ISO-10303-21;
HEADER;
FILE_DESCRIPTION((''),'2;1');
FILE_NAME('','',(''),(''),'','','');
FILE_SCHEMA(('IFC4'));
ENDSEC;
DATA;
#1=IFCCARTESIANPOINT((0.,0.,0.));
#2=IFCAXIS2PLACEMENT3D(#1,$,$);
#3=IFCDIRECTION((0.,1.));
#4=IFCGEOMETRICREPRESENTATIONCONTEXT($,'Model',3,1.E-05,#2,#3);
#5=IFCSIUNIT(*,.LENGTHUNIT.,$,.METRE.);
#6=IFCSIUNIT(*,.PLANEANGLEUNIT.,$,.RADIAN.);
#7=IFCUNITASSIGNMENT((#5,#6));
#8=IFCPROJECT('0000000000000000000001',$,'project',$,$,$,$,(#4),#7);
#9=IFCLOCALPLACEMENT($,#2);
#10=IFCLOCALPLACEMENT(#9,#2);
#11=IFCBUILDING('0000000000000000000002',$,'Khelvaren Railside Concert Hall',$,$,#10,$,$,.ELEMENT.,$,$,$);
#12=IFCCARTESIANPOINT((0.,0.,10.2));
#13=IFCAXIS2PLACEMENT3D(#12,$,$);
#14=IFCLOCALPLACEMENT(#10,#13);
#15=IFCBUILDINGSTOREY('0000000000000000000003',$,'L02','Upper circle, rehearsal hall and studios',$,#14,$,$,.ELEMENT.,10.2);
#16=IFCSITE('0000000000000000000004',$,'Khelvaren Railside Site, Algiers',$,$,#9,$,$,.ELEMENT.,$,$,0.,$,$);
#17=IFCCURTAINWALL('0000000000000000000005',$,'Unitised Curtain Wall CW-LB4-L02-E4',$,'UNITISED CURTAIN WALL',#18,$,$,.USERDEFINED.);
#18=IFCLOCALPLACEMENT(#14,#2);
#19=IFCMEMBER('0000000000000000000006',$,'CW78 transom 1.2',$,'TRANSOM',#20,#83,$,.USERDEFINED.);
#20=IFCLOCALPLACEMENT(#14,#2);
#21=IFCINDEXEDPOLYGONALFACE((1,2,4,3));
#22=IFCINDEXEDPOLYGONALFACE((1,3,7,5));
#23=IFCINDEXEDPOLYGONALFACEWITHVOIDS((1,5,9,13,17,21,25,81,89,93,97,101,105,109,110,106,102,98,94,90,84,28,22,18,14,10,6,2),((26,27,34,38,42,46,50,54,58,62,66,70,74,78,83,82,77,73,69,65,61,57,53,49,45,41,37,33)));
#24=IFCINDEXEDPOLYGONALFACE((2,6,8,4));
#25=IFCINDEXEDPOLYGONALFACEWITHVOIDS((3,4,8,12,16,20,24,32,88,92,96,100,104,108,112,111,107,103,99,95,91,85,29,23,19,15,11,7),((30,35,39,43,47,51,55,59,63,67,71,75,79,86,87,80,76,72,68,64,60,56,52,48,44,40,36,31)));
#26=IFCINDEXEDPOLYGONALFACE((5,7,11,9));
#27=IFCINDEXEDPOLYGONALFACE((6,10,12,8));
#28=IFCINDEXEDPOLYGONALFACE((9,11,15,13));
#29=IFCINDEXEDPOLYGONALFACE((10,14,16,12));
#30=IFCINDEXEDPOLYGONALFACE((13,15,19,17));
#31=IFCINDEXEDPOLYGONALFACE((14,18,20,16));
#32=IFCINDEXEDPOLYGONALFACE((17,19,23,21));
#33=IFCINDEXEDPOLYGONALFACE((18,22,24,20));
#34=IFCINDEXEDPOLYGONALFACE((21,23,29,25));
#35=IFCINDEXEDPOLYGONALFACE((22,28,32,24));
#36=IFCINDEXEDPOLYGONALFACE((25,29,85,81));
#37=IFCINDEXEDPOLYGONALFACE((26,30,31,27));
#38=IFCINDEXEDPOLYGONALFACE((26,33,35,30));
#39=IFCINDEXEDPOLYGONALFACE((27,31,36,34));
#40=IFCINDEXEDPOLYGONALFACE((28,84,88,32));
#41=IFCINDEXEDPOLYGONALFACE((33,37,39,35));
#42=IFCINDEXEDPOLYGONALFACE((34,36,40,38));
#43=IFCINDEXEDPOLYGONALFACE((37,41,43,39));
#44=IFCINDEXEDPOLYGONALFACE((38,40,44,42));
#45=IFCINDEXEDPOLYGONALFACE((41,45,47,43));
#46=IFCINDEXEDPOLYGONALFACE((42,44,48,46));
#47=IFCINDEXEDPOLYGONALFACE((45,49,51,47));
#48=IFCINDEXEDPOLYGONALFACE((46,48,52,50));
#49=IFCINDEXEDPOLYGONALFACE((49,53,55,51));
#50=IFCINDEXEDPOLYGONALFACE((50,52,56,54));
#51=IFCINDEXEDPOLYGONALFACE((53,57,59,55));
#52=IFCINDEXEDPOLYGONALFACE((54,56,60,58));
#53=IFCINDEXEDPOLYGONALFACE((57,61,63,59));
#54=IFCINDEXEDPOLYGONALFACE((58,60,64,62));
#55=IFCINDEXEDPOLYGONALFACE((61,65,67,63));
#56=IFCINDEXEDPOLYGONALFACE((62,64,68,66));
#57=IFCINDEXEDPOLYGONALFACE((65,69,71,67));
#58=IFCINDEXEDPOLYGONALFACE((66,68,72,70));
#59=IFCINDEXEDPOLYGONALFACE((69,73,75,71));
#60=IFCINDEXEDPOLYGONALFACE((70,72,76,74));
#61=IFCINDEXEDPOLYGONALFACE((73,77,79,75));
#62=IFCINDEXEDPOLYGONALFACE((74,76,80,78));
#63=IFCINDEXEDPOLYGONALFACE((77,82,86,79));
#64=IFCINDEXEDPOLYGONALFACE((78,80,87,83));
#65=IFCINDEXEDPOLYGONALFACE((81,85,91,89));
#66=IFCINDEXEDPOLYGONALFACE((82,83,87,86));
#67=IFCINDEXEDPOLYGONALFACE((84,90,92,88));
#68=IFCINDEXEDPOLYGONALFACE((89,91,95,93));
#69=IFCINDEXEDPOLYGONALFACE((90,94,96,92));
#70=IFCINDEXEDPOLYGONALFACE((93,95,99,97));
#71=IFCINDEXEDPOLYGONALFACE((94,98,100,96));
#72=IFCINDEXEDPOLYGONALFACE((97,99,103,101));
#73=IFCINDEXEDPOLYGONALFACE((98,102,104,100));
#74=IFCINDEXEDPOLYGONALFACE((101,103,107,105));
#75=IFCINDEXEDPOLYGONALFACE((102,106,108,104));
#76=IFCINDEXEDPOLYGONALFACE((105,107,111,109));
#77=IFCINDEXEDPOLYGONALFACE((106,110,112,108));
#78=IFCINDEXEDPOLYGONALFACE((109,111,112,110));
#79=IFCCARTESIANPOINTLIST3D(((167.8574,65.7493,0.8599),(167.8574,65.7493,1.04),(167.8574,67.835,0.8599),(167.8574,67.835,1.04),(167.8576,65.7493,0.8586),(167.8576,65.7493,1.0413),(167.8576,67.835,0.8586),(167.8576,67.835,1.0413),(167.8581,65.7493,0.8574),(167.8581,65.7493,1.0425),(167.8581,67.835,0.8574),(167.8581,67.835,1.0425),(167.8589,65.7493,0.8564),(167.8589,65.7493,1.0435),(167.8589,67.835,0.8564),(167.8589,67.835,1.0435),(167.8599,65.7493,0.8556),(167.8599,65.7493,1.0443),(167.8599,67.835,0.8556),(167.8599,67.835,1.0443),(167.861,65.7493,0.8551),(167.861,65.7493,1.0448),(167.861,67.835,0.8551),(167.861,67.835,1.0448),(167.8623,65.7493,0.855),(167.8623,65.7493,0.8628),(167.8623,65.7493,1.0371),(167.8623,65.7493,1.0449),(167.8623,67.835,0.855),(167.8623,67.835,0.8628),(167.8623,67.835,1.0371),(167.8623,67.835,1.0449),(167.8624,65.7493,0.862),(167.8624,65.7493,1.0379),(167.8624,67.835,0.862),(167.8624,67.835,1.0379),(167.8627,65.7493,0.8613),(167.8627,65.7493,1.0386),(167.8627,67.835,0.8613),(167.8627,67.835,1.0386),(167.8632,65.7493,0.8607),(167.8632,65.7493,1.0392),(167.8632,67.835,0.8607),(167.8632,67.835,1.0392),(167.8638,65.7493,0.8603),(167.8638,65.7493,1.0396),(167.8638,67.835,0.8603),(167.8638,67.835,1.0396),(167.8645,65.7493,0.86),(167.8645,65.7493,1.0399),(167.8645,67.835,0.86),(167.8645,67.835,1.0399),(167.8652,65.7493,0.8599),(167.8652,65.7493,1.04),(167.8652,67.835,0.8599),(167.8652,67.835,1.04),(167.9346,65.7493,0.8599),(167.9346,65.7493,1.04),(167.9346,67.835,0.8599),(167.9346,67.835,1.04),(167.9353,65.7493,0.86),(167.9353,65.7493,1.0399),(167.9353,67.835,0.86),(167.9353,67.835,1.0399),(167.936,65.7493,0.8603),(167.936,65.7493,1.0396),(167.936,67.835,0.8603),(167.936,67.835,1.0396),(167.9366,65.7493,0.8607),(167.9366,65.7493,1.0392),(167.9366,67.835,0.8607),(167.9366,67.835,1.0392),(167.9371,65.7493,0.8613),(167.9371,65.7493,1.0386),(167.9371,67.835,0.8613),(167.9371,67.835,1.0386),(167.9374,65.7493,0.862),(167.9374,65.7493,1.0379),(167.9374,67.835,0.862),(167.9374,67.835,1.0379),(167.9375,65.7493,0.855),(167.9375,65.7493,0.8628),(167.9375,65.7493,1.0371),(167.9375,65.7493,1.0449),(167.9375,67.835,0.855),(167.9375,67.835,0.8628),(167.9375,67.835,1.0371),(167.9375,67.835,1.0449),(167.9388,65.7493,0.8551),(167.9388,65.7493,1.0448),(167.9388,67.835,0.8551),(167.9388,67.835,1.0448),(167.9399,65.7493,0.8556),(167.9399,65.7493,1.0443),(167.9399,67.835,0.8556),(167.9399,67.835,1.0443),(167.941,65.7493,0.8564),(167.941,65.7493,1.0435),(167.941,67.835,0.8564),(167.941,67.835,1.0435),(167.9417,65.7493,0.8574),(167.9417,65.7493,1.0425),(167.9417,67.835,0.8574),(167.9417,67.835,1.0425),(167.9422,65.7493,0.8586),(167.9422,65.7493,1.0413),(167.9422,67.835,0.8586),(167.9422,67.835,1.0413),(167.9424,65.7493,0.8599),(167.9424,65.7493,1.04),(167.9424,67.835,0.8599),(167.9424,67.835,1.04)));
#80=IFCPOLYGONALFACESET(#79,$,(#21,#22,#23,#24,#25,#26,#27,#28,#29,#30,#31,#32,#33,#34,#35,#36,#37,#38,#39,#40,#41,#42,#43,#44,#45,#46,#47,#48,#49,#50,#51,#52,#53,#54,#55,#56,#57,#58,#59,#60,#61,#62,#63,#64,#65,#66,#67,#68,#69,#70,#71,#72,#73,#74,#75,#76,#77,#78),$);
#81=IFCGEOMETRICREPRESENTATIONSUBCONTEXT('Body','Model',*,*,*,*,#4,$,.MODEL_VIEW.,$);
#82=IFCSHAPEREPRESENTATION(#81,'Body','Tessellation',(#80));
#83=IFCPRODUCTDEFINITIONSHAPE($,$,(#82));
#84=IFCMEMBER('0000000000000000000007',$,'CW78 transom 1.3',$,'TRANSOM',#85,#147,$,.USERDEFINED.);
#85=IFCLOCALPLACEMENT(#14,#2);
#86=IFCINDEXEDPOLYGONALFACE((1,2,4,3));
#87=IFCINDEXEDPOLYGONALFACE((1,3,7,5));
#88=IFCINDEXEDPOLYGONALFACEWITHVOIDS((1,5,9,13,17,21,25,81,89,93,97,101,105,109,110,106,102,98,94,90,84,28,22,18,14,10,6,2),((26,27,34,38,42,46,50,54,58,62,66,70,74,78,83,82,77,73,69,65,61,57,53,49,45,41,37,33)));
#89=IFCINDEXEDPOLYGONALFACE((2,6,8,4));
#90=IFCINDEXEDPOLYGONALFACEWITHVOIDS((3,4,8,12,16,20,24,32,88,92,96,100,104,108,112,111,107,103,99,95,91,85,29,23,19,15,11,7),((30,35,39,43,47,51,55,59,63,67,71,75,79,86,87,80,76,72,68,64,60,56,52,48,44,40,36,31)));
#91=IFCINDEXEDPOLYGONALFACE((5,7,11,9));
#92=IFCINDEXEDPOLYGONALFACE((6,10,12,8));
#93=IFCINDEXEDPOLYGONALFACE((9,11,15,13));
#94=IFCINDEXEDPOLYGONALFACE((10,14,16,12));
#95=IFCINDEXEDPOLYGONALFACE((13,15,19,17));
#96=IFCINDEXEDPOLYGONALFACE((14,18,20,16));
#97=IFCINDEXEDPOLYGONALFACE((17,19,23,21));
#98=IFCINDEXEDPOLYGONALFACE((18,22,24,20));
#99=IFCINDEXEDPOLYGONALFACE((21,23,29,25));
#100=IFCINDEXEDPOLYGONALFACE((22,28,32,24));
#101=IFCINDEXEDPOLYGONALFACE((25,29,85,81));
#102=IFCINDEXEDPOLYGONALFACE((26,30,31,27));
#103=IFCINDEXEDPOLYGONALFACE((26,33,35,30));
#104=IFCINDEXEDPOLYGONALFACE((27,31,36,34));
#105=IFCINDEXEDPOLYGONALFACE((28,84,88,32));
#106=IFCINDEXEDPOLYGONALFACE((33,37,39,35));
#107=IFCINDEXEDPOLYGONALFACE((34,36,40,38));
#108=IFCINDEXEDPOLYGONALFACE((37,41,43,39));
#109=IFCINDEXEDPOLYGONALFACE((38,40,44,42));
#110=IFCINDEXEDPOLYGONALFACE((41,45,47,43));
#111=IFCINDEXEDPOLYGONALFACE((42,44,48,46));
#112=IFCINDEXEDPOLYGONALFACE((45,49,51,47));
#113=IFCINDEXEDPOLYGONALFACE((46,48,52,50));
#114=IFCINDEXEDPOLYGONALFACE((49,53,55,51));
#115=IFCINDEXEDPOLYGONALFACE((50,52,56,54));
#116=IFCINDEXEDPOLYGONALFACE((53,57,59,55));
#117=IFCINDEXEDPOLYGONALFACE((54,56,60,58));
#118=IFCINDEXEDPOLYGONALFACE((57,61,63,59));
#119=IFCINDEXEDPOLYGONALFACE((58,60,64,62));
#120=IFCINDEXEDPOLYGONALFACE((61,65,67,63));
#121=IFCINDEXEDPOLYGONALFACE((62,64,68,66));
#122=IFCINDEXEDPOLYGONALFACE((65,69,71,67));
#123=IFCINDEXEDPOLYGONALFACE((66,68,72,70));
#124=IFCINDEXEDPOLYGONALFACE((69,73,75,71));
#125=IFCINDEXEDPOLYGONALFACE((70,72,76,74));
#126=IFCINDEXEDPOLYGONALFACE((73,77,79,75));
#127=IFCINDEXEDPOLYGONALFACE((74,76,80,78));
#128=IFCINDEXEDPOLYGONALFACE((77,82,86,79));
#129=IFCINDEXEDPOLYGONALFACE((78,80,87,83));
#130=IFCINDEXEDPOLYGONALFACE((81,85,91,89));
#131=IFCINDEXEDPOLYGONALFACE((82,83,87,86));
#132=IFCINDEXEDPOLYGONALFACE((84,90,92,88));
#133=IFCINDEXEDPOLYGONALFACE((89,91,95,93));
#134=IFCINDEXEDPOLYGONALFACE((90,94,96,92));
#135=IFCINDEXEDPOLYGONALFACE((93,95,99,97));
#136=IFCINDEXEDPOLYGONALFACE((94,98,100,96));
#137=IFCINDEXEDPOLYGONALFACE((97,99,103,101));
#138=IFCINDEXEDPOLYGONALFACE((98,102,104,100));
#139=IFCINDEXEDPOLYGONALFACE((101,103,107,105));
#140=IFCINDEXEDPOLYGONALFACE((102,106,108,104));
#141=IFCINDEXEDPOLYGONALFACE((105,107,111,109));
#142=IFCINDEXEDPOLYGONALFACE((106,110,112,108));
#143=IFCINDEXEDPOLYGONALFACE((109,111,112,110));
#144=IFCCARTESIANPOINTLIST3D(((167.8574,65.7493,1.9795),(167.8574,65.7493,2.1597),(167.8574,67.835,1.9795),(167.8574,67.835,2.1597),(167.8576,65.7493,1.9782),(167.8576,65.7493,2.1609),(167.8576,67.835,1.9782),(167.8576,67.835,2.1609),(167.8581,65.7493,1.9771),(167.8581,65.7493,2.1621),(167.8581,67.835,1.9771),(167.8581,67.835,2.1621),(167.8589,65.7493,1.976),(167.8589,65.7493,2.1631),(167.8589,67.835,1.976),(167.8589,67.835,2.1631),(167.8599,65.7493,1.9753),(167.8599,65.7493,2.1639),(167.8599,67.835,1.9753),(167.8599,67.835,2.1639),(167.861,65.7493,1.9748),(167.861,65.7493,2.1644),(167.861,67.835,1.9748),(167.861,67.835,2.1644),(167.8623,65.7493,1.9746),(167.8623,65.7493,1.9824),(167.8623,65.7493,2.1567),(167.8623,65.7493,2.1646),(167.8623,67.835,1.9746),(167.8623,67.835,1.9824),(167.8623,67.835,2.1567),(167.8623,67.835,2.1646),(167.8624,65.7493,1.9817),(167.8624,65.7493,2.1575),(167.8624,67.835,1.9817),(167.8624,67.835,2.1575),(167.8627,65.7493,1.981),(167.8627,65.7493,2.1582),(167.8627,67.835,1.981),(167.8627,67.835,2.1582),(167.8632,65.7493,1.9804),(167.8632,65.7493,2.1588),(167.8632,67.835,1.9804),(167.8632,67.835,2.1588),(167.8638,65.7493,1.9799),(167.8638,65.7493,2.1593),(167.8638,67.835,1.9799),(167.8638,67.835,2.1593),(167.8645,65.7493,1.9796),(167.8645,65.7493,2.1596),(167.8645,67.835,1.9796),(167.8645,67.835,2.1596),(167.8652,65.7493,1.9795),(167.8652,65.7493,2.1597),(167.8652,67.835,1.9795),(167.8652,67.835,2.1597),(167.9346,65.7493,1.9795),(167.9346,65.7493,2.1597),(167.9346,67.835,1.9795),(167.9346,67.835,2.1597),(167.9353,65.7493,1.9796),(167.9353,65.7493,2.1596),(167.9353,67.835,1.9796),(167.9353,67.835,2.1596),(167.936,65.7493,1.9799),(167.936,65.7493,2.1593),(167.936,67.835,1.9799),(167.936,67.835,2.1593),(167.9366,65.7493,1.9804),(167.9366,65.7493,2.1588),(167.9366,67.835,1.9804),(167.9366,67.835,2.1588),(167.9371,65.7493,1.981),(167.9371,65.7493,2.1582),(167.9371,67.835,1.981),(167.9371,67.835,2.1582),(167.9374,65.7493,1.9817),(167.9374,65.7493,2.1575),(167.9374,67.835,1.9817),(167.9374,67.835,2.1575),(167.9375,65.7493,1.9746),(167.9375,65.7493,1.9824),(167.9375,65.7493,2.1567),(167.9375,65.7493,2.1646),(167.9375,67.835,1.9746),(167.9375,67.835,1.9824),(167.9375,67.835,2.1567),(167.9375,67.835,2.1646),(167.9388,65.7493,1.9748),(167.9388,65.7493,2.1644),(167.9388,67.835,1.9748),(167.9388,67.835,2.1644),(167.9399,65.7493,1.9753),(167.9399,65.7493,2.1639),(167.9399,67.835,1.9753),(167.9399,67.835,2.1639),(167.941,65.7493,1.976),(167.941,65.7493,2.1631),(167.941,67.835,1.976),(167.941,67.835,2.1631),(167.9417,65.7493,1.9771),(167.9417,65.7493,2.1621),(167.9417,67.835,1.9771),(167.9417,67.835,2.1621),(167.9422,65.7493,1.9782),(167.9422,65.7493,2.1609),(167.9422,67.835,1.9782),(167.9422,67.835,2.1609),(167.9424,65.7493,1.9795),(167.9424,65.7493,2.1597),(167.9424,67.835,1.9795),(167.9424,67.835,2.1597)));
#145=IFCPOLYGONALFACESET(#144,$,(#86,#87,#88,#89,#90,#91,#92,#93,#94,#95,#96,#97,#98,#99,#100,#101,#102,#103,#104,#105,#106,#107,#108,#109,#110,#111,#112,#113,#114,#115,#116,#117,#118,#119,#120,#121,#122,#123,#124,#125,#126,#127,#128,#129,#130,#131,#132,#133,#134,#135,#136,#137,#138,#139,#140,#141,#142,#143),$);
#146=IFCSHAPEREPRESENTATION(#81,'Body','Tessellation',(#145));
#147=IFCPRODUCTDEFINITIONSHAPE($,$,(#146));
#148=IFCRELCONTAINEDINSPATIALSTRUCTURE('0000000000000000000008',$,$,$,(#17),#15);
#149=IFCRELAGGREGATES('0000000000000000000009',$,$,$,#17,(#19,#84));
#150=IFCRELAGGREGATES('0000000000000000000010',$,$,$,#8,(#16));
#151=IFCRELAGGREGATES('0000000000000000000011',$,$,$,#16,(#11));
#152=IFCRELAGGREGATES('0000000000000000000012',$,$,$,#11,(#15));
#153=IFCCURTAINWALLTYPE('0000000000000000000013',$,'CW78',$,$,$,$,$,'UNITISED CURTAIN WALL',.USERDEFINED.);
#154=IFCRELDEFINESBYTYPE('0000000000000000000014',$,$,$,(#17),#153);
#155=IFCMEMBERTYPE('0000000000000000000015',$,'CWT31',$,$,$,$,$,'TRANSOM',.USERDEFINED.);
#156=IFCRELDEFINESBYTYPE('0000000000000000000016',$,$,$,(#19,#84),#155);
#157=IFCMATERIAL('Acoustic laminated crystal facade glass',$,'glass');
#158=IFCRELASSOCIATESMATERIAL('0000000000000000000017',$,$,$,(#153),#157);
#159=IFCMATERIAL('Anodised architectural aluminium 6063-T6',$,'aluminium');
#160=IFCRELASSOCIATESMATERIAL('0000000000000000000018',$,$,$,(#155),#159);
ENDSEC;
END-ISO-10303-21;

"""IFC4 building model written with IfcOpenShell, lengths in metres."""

from ifc_helpers import new_model, si_unit, direction, frame, origin, origin_2d, place, context, subcontext, project, spatial, hollow_rectangle, extrude, material, material_profile, profile_set, type_object, element, aggregate, save


model = new_model("IFC4")

# Units and contexts
model_context = context("Model", 3, precision=1e-05, world=origin(), true_north=direction((0.0, 1.0)))
body_context = subcontext(model_context, "Body", "Model", "MODEL_VIEW")
ifc_project = project(units=[si_unit("LENGTHUNIT", "METRE"), si_unit("PLANEANGLEUNIT", "RADIAN")], contexts=[model_context])

# Site, building, storey
site_placement = place(None, origin())
site = spatial("IfcSite", under=ifc_project, at=site_placement, Name="Khelvaren Railside Site, Algiers", CompositionType="ELEMENT", RefElevation=0.0)
building_placement = place(site_placement, origin())
building = spatial("IfcBuilding", under=site, at=building_placement, Name="Khelvaren Railside Concert Hall", CompositionType="ELEMENT")
storey_placement = place(building_placement, frame((0.0, 0.0, 10.2)))
storey = spatial("IfcBuildingStorey", under=building, at=storey_placement, Name="L02", Description="Upper circle, rehearsal hall and studios", CompositionType="ELEMENT", Elevation=10.2)

# Curtain wall
ifc_material_1 = material(Name="Acoustic laminated crystal facade glass", Category="glass")
curtain_wall_type = type_object("IfcCurtainWallType", Name="CW78", ElementType="UNITISED CURTAIN WALL", PredefinedType="USERDEFINED", material=ifc_material_1)
curtain_wall_1_placement = place(storey_placement, origin())
curtain_wall_1 = element("IfcCurtainWall", 1, at=curtain_wall_1_placement, inside=storey, type_object=curtain_wall_type, Name="Unitised Curtain Wall CW-LB4-L02-E4", ObjectType="UNITISED CURTAIN WALL", PredefinedType="USERDEFINED")
ifc_material_2 = material(Name="Anodised architectural aluminium 6063-T6", Category="aluminium")

# Members
ifc_material_profile_1 = material_profile(ifc_material_2, hollow_rectangle(XDim=0.085, YDim=0.1899, WallThickness=0.0049, InnerFilletRadius=0.0029, OuterFilletRadius=0.0049, at=origin_2d()), Name="CWT 85x190x5")
ifc_profile_set_1 = profile_set([ifc_material_profile_1], Name="Anodised architectural aluminium 6063-T6")
member_type_1 = type_object("IfcMemberType", Name="CWT31", ElementType="TRANSOM", PredefinedType="USERDEFINED", material=ifc_profile_set_1)
member_1_placement = place(storey_placement, frame((167.8999, 67.835, 0.95), z_axis=(0.0, -1.0, 0.0), x_axis=(1.0, 0.0, 0.0)))
member_1 = element("IfcMember", 2, at=member_1_placement, type_object=member_type_1, Name="CW78 transom 1.2", ObjectType="TRANSOM", PredefinedType="USERDEFINED", context=body_context, shape_type="SweptSolid", body=[
    extrude(hollow_rectangle(XDim=0.085, YDim=0.1899, WallThickness=0.0049, InnerFilletRadius=0.0029, OuterFilletRadius=0.0049, at=origin_2d()), origin(), (0.0, 0.0, 1.0), 2.0857),
])
member_2_placement = place(storey_placement, frame((167.8999, 67.835, 2.0696), z_axis=(0.0, -1.0, 0.0), x_axis=(1.0, 0.0, 0.0)))
member_2 = element("IfcMember", 3, at=member_2_placement, type_object=member_type_1, Name="CW78 transom 1.3", ObjectType="TRANSOM", PredefinedType="USERDEFINED", context=body_context, shape_type="SweptSolid", body=[
    extrude(hollow_rectangle(XDim=0.085, YDim=0.1899, WallThickness=0.0049, InnerFilletRadius=0.0029, OuterFilletRadius=0.0049, at=origin_2d()), origin(), (0.0, 0.0, 1.0), 2.0857),
])

aggregate(curtain_wall_1, [member_1, member_2])

save(model, "model.ifc")
